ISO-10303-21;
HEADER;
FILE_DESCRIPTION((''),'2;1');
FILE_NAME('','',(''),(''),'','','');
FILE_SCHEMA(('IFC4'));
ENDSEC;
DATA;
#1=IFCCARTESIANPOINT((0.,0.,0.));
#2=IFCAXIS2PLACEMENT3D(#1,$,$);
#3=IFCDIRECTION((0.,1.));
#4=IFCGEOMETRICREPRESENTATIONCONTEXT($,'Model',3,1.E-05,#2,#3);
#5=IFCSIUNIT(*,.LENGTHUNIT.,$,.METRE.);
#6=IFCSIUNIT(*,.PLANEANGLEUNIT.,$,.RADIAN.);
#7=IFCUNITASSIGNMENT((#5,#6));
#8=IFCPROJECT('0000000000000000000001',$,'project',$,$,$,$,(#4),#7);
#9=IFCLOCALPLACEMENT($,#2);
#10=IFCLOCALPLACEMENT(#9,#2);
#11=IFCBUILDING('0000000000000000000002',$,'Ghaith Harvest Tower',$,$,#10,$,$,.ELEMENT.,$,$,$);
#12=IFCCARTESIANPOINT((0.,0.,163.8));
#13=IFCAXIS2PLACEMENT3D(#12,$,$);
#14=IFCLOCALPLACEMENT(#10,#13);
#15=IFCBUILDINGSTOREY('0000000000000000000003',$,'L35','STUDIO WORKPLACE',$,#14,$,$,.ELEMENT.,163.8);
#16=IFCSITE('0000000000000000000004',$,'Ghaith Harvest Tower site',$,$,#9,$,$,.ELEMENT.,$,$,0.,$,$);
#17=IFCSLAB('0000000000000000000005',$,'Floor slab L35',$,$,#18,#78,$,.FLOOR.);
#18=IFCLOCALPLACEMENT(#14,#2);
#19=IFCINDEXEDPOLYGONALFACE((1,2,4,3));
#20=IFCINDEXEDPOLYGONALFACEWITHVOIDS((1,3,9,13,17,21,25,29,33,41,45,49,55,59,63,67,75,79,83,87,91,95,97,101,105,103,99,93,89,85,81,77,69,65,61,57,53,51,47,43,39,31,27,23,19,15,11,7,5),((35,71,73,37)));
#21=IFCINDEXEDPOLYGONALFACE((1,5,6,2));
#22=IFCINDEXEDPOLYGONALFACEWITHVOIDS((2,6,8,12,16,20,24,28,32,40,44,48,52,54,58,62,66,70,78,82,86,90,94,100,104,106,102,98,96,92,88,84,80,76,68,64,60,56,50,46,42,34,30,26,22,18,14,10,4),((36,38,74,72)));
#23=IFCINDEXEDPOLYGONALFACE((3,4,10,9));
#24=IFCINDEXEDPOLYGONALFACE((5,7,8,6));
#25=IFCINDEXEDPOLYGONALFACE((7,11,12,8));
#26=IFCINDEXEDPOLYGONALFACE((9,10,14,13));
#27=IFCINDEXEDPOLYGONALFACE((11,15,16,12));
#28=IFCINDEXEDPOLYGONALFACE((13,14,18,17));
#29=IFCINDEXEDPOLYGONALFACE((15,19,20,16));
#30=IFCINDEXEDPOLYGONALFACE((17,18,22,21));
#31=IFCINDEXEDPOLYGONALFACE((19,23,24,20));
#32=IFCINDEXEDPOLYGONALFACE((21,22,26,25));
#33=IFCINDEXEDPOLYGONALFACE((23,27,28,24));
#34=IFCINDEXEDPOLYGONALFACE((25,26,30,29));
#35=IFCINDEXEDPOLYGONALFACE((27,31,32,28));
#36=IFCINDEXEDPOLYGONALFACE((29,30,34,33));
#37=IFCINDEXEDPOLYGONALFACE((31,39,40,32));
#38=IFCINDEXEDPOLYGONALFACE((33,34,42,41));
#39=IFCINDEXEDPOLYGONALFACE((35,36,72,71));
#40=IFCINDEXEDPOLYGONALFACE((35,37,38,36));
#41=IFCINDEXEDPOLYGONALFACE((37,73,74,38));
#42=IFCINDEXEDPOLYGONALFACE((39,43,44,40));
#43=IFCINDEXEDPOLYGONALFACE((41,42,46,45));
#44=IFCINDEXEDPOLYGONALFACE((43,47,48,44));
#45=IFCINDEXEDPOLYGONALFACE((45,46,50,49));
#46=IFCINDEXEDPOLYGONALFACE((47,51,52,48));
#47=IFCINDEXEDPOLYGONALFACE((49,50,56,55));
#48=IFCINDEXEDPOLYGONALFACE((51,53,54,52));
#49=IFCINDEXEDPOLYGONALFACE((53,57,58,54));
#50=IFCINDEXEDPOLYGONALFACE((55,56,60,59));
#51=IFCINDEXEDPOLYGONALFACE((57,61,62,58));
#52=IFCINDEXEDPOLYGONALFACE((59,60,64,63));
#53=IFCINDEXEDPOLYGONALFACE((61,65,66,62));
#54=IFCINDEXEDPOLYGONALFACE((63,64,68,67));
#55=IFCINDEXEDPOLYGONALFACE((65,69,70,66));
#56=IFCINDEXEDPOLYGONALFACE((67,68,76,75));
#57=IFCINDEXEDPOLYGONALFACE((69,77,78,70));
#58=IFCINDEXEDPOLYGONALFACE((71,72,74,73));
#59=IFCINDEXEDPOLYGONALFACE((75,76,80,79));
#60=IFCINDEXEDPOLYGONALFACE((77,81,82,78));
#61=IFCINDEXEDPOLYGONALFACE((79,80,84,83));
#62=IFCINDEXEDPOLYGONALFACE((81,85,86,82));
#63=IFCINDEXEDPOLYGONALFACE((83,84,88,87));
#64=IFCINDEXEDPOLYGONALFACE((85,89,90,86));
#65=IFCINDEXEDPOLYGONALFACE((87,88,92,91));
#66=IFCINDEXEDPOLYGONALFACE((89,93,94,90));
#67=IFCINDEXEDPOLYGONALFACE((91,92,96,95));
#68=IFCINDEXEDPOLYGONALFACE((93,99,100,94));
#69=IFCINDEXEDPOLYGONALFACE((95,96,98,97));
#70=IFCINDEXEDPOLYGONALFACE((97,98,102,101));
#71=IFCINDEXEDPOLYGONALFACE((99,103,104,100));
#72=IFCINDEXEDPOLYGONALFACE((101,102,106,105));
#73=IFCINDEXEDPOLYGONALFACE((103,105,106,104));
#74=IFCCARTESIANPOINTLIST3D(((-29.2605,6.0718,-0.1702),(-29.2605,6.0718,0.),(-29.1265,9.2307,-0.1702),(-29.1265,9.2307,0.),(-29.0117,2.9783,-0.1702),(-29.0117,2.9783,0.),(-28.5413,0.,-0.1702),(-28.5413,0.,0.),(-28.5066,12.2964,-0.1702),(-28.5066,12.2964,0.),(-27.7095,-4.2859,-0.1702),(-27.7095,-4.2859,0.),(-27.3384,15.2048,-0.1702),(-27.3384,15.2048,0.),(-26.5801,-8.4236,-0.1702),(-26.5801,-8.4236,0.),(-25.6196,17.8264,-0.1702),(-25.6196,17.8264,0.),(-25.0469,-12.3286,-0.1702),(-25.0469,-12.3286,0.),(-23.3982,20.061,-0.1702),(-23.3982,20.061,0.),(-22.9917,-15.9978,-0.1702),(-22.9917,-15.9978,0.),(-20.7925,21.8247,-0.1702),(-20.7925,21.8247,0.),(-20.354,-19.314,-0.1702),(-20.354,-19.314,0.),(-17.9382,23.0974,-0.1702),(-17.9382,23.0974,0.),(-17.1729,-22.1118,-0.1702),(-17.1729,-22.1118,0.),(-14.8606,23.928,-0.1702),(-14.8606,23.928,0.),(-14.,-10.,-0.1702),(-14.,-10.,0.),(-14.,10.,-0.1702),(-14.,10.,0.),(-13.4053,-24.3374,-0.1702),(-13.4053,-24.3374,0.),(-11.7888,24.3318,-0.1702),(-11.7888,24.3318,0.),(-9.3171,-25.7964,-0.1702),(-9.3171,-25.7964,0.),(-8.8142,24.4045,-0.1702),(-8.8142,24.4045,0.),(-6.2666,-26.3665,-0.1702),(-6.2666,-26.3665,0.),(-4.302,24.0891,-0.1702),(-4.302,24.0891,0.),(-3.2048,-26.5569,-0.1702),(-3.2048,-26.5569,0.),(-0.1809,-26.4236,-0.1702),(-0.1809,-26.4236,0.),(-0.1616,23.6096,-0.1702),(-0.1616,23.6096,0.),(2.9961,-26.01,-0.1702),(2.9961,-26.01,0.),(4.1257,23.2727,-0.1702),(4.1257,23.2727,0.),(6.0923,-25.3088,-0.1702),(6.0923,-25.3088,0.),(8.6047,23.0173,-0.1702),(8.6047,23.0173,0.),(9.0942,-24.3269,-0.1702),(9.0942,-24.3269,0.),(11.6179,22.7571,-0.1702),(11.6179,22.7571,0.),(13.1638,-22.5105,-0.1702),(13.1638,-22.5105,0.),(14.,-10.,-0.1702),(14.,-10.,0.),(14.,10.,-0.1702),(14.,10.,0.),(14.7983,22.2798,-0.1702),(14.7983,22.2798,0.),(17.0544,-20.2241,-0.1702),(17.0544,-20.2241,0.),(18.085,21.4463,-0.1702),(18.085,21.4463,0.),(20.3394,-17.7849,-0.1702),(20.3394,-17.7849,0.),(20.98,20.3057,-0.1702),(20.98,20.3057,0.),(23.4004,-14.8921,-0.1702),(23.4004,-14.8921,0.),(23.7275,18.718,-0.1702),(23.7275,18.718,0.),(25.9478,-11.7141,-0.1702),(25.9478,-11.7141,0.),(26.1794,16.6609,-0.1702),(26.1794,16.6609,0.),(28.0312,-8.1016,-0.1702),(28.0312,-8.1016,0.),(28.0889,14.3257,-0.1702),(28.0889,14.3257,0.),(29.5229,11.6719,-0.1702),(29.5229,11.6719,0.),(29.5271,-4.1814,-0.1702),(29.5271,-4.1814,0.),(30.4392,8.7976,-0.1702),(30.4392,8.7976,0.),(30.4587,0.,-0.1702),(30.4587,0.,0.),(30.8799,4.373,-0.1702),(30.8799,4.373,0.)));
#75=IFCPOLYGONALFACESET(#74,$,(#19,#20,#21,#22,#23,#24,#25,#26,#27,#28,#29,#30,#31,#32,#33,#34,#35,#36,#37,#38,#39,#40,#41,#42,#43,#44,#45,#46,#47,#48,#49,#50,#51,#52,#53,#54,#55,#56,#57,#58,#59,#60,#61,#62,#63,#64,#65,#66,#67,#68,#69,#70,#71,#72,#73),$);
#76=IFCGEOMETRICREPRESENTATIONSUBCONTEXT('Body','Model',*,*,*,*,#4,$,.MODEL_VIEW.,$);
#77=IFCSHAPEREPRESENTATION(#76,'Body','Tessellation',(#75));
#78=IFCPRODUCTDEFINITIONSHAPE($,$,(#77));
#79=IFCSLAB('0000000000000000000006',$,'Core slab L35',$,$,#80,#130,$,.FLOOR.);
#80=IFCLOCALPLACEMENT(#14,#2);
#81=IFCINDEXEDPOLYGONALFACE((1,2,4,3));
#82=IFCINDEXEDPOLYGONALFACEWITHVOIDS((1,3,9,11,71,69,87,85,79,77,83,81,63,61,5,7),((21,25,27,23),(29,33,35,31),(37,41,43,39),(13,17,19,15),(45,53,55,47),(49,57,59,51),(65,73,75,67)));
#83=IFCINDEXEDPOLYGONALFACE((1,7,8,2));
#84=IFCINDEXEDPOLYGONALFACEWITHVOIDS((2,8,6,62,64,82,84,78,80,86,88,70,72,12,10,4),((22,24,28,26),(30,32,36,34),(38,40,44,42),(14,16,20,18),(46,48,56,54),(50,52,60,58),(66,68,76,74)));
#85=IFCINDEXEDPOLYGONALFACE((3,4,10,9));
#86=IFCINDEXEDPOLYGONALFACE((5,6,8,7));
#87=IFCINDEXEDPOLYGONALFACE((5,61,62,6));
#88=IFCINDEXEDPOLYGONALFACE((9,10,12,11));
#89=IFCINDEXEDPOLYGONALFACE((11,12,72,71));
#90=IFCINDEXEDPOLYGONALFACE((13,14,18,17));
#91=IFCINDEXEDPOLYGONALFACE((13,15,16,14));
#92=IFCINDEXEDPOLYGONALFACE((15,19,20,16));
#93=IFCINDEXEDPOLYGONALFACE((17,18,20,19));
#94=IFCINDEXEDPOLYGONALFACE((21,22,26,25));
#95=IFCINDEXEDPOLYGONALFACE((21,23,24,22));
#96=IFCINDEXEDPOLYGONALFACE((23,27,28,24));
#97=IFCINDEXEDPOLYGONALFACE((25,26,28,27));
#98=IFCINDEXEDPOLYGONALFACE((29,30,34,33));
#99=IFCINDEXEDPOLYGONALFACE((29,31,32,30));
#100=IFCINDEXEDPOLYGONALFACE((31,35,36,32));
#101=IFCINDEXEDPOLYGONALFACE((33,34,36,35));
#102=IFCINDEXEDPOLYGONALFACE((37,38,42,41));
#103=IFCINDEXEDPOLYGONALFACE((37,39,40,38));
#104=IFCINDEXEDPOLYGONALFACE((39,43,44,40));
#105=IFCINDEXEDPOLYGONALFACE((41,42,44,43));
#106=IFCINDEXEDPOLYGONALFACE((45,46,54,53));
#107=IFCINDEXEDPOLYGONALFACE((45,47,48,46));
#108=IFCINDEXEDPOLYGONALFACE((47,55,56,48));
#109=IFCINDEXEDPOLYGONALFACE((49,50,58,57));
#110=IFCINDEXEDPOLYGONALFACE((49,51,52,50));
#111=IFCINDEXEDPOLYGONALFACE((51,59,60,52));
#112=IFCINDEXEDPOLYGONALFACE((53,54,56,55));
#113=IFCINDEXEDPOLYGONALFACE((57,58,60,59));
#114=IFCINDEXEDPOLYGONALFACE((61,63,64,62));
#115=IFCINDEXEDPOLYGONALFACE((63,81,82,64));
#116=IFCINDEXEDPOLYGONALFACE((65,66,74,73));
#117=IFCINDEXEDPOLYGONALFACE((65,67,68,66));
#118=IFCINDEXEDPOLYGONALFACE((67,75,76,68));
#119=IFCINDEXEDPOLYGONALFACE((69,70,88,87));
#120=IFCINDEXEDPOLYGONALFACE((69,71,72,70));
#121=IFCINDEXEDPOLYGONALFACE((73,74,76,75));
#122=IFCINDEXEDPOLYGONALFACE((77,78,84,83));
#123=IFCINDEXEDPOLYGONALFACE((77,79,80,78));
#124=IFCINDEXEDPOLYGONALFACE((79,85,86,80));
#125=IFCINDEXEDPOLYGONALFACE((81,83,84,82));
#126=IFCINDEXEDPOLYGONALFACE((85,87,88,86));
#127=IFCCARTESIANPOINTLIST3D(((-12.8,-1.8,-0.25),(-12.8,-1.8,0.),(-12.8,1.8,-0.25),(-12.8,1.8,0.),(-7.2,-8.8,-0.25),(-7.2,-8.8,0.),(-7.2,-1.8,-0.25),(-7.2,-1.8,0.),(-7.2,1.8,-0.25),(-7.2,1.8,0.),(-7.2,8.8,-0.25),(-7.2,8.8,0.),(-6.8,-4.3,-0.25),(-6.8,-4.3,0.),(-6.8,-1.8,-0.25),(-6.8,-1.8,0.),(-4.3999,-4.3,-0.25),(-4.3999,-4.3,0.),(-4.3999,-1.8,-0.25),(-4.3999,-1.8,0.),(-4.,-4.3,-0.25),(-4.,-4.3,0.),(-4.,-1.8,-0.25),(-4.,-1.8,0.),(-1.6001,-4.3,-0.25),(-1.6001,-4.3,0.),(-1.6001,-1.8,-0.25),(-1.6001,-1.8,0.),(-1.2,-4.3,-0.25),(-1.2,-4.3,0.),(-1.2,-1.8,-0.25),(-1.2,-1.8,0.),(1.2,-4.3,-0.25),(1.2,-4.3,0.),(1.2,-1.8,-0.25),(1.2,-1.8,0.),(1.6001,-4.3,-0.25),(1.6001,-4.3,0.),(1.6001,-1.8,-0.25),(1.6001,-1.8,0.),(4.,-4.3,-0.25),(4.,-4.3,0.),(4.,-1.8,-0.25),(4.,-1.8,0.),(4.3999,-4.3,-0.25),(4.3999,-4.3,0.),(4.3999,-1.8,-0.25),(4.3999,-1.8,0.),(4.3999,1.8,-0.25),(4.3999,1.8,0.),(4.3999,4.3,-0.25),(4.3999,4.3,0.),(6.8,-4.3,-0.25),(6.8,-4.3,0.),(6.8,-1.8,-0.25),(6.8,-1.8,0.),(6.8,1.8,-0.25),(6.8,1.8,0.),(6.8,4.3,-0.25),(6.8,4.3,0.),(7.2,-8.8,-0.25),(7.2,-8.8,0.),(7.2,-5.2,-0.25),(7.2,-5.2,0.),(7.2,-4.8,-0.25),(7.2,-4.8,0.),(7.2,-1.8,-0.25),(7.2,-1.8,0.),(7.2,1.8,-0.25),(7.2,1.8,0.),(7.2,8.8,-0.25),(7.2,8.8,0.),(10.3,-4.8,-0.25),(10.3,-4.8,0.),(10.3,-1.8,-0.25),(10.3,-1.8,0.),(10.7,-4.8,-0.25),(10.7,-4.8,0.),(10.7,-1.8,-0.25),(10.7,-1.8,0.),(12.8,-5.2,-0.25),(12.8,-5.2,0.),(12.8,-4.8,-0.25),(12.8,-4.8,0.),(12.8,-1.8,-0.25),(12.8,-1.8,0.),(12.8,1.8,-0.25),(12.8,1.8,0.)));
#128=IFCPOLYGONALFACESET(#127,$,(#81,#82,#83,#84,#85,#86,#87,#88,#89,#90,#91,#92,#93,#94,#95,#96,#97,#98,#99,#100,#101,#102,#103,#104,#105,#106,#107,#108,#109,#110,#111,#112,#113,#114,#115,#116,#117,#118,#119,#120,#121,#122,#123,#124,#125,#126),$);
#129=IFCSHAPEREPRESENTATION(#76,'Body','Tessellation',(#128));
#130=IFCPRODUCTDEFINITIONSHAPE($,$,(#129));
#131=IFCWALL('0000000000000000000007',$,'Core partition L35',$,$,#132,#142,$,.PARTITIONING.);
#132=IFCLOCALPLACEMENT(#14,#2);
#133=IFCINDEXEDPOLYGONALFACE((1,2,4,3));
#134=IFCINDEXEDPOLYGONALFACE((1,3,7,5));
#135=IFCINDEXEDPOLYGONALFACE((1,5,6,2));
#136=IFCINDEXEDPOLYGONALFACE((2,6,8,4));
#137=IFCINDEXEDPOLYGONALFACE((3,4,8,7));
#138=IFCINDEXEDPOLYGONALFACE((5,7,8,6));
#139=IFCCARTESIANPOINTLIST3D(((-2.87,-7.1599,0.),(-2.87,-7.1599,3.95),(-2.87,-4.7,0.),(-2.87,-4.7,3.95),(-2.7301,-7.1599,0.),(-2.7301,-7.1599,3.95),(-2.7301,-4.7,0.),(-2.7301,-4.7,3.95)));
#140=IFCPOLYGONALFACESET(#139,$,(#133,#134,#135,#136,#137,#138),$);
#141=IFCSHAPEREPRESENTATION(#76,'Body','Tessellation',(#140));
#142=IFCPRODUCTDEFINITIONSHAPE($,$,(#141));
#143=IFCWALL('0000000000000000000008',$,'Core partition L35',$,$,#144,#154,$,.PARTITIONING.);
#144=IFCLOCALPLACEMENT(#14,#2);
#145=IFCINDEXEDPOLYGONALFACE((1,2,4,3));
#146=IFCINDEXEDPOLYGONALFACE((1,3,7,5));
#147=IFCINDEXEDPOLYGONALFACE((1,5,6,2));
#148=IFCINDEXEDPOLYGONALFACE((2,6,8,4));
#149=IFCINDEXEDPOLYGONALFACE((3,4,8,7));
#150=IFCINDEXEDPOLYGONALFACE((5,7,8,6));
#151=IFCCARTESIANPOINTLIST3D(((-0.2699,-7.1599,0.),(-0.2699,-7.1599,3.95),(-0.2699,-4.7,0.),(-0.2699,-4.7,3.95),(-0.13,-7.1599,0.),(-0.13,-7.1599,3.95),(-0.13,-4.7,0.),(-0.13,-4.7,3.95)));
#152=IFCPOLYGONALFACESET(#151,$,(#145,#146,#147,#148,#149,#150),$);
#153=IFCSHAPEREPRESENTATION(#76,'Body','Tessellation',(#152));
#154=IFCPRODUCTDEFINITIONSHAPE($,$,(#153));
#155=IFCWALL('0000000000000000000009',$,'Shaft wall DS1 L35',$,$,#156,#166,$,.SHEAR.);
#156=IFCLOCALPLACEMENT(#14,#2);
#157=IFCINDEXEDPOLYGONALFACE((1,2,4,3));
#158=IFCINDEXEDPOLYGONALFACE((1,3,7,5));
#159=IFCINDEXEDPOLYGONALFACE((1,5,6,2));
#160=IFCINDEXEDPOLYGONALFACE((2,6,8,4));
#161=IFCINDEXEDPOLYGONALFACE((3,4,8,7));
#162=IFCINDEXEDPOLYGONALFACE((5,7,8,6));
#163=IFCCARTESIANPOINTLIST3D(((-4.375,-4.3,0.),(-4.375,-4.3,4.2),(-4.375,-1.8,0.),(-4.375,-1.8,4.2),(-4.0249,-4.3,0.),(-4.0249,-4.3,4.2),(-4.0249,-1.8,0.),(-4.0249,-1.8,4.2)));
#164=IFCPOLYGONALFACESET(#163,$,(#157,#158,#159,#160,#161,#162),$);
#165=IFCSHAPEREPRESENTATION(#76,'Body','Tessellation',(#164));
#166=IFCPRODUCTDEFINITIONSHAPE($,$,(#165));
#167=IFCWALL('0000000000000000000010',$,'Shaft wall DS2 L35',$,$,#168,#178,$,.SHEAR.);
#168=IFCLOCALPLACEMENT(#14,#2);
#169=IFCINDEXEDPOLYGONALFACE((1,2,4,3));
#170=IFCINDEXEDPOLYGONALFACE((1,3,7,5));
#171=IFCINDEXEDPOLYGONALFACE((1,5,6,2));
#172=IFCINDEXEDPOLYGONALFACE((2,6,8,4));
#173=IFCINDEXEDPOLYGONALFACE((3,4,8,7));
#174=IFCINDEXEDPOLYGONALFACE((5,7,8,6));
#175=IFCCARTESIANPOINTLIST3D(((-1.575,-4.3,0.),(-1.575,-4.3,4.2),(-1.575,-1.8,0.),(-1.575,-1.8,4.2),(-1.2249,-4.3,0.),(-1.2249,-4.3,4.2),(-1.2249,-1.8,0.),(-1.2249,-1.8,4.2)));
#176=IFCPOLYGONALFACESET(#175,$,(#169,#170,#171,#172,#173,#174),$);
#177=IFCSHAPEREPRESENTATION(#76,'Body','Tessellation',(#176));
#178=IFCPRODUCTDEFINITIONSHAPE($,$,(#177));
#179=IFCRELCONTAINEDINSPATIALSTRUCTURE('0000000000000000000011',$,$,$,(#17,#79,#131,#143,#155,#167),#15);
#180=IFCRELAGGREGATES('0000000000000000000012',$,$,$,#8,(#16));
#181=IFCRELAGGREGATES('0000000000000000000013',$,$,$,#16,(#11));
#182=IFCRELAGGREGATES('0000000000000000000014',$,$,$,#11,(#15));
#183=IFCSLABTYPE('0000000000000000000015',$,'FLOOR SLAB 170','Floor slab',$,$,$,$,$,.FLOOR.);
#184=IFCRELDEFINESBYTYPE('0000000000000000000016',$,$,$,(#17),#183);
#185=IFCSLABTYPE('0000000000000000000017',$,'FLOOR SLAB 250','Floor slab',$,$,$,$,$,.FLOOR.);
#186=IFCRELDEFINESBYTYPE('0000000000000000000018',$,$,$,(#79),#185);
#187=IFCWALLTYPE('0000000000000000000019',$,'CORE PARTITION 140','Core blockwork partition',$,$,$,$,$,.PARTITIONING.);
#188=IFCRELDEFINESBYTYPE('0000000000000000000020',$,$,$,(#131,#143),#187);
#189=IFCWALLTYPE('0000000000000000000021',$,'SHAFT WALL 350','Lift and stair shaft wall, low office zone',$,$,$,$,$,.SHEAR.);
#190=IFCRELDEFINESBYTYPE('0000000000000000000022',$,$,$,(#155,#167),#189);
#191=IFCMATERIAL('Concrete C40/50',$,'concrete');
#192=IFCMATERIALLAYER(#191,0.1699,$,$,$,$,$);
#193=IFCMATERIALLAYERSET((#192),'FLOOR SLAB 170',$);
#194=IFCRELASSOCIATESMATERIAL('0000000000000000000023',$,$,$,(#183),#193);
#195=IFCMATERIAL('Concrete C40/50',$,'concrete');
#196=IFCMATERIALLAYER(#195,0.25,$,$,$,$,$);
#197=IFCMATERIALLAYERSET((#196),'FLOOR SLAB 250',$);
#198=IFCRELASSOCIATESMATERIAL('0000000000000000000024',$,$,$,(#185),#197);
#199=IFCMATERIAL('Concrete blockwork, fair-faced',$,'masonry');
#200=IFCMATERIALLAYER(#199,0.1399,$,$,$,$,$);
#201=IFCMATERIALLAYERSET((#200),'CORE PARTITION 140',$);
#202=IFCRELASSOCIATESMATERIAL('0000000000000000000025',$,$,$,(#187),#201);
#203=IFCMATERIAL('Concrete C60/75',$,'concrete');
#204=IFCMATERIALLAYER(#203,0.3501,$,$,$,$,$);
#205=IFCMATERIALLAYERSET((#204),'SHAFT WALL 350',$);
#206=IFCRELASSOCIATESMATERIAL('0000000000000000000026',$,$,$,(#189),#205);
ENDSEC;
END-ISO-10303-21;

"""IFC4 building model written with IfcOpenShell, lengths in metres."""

from ifc_helpers import new_model, si_unit, direction, frame, frame_2d, origin, place, context, subcontext, project, spatial, polyline, rectangle, outline, extrude, material, layer, layer_set, type_object, element, save


model = new_model("IFC4")

# Units and contexts
model_context = context("Model", 3, precision=1e-05, world=origin(), true_north=direction((0.0, 1.0)))
body_context = subcontext(model_context, "Body", "Model", "MODEL_VIEW")
ifc_project = project(units=[si_unit("LENGTHUNIT", "METRE"), si_unit("PLANEANGLEUNIT", "RADIAN")], contexts=[model_context])

# Site, building, storey
site_placement = place(None, origin())
site = spatial("IfcSite", under=ifc_project, at=site_placement, Name="Ghaith Harvest Tower site", CompositionType="ELEMENT", RefElevation=0.0)
building_placement = place(site_placement, origin())
building = spatial("IfcBuilding", under=site, at=building_placement, Name="Ghaith Harvest Tower", CompositionType="ELEMENT")
storey_placement = place(building_placement, frame((0.0, 0.0, 163.8)))
storey = spatial("IfcBuildingStorey", under=building, at=storey_placement, Name="L35", Description="STUDIO WORKPLACE", CompositionType="ELEMENT", Elevation=163.8)

# Slabs
ifc_material_1 = material(Name="Concrete C40/50", Category="concrete")
ifc_layer_1 = layer(ifc_material_1, 0.1699)
ifc_layer_set_1 = layer_set([ifc_layer_1], Name="FLOOR SLAB 170")
slab_type_1 = type_object("IfcSlabType", Name="FLOOR SLAB 170", Description="Floor slab", PredefinedType="FLOOR", material=ifc_layer_set_1)
slab_1_placement = place(storey_placement, frame((0.0, 0.0, -0.1702)))
element("IfcSlab", 1, at=slab_1_placement, inside=storey, type_object=slab_type_1, Name="Floor slab L35", PredefinedType="FLOOR", context=body_context, shape_type="SweptSolid", body=[
    extrude(outline(polyline([(30.4587, 0.0), (30.8799, 4.373), (30.4392, 8.7976), (29.5229, 11.6719), (28.0889, 14.3257), (26.1794, 16.6609), (23.7275, 18.718), (20.98, 20.3057), (18.085, 21.4463), (14.7983, 22.2798), (11.6179, 22.7571), (8.6047, 23.0173), (4.1257, 23.2727), (-0.1616, 23.6096), (-4.302, 24.0891), (-8.8142, 24.4045), (-11.7888, 24.3318), (-14.8606, 23.928), (-17.9382, 23.0974), (-20.7925, 21.8247), (-23.3982, 20.061), (-25.6196, 17.8264), (-27.3384, 15.2048), (-28.5066, 12.2964), (-29.1265, 9.2307), (-29.2605, 6.0718), (-29.0117, 2.9783), (-28.5413, 0.0), (-27.7095, -4.2859), (-26.5801, -8.4236), (-25.0469, -12.3286), (-22.9917, -15.9978), (-20.354, -19.314), (-17.1729, -22.1118), (-13.4053, -24.3374), (-9.3171, -25.7964), (-6.2666, -26.3665), (-3.2048, -26.5569), (-0.1809, -26.4236), (2.9961, -26.01), (6.0923, -25.3088), (9.0942, -24.3269), (13.1638, -22.5105), (17.0544, -20.2241), (20.3394, -17.7849), (23.4004, -14.8921), (25.9478, -11.7141), (28.0312, -8.1016), (29.5271, -4.1814), (30.4587, 0.0)]), holes=[polyline([(-14.0, -10.0), (14.0, -10.0), (14.0, 10.0), (-14.0, 10.0), (-14.0, -10.0)])]), origin(), (0.0, 0.0, 1.0), 0.1702),
])
ifc_material_2 = material(Name="Concrete C40/50", Category="concrete")
ifc_layer_2 = layer(ifc_material_2, 0.25)
ifc_layer_set_2 = layer_set([ifc_layer_2], Name="FLOOR SLAB 250")
slab_type_2 = type_object("IfcSlabType", Name="FLOOR SLAB 250", Description="Floor slab", PredefinedType="FLOOR", material=ifc_layer_set_2)
slab_2_placement = place(storey_placement, frame((0.0, 0.0, -0.25)))
element("IfcSlab", 2, at=slab_2_placement, inside=storey, type_object=slab_type_2, Name="Core slab L35", PredefinedType="FLOOR", context=body_context, shape_type="SweptSolid", body=[
    extrude(outline(polyline([(-12.8, 1.8), (-7.2, 1.8), (-7.2, 8.8), (7.2, 8.8), (7.2, 1.8), (12.8, 1.8), (12.8, -1.8), (10.7, -1.8), (10.7, -4.8), (12.8, -4.8), (12.8, -5.2), (7.2, -5.2), (7.2, -8.8), (-7.2, -8.8), (-7.2, -1.8), (-12.8, -1.8), (-12.8, 1.8)]), holes=[polyline([(-4.3999, -4.3), (-4.3999, -1.8), (-6.8, -1.8), (-6.8, -4.3), (-4.3999, -4.3)]), polyline([(-1.6001, -4.3), (-1.6001, -1.8), (-4.0, -1.8), (-4.0, -4.3), (-1.6001, -4.3)]), polyline([(1.2, -1.8), (-1.2, -1.8), (-1.2, -4.3), (1.2, -4.3), (1.2, -1.8)]), polyline([(4.0, -4.3), (4.0, -1.8), (1.6001, -1.8), (1.6001, -4.3), (4.0, -4.3)]), polyline([(10.3, -4.8), (10.3, -1.8), (7.2, -1.8), (7.2, -4.8), (10.3, -4.8)]), polyline([(6.8, -1.8), (4.3999, -1.8), (4.3999, -4.3), (6.8, -4.3), (6.8, -1.8)]), polyline([(6.8, 1.8), (6.8, 4.3), (4.3999, 4.3), (4.3999, 1.8), (6.8, 1.8)])]), origin(), (0.0, 0.0, 1.0), 0.25),
])

# Walls
ifc_material_3 = material(Name="Concrete blockwork, fair-faced", Category="masonry")
ifc_layer_3 = layer(ifc_material_3, 0.1399)
ifc_layer_set_3 = layer_set([ifc_layer_3], Name="CORE PARTITION 140")
wall_type_1 = type_object("IfcWallType", Name="CORE PARTITION 140", Description="Core blockwork partition", PredefinedType="PARTITIONING", material=ifc_layer_set_3)
for number, where, z_axis, x_axis, name in (
    (3, (-2.8, -4.7, 0.0), (0.0, 0.0, 1.0), (0.0, -1.0, 0.0), "Core partition L35"),
    (4, (-0.2, -4.7, 0.0), (0.0, 0.0, 1.0), (0.0, -1.0, 0.0), "Core partition L35"),
):
    element("IfcWall", number, at=place(storey_placement, frame(where, z_axis=z_axis, x_axis=x_axis)), inside=storey, type_object=wall_type_1, Name=name, PredefinedType="PARTITIONING", context=body_context, shape_type="SweptSolid", body=[
        extrude(rectangle(XDim=2.46, YDim=0.1399, at=frame_2d((1.23, 0.0))), origin(), (0.0, 0.0, 1.0), 3.95),
    ])

# Shared definitions
ifc_material_4 = material(Name="Concrete C60/75", Category="concrete")
ifc_layer_4 = layer(ifc_material_4, 0.3501)
ifc_layer_set_4 = layer_set([ifc_layer_4], Name="SHAFT WALL 350")
wall_type_2 = type_object("IfcWallType", Name="SHAFT WALL 350", Description="Lift and stair shaft wall, low office zone", PredefinedType="SHEAR", material=ifc_layer_set_4)

# Walls
for number, where, z_axis, x_axis, name in (
    (5, (-4.2, -4.3, 0.0), (0.0, 0.0, 1.0), (0.0, 1.0, 0.0), "Shaft wall DS1 L35"),
    (6, (-1.3999, -4.3, 0.0), (0.0, 0.0, 1.0), (0.0, 1.0, 0.0), "Shaft wall DS2 L35"),
):
    element("IfcWall", number, at=place(storey_placement, frame(where, z_axis=z_axis, x_axis=x_axis)), inside=storey, type_object=wall_type_2, Name=name, PredefinedType="SHEAR", context=body_context, shape_type="SweptSolid", body=[
        extrude(rectangle(XDim=2.5, YDim=0.3501, at=frame_2d((1.25, 0.0))), origin(), (0.0, 0.0, 1.0), 4.2),
    ])

save(model, "model.ifc")
